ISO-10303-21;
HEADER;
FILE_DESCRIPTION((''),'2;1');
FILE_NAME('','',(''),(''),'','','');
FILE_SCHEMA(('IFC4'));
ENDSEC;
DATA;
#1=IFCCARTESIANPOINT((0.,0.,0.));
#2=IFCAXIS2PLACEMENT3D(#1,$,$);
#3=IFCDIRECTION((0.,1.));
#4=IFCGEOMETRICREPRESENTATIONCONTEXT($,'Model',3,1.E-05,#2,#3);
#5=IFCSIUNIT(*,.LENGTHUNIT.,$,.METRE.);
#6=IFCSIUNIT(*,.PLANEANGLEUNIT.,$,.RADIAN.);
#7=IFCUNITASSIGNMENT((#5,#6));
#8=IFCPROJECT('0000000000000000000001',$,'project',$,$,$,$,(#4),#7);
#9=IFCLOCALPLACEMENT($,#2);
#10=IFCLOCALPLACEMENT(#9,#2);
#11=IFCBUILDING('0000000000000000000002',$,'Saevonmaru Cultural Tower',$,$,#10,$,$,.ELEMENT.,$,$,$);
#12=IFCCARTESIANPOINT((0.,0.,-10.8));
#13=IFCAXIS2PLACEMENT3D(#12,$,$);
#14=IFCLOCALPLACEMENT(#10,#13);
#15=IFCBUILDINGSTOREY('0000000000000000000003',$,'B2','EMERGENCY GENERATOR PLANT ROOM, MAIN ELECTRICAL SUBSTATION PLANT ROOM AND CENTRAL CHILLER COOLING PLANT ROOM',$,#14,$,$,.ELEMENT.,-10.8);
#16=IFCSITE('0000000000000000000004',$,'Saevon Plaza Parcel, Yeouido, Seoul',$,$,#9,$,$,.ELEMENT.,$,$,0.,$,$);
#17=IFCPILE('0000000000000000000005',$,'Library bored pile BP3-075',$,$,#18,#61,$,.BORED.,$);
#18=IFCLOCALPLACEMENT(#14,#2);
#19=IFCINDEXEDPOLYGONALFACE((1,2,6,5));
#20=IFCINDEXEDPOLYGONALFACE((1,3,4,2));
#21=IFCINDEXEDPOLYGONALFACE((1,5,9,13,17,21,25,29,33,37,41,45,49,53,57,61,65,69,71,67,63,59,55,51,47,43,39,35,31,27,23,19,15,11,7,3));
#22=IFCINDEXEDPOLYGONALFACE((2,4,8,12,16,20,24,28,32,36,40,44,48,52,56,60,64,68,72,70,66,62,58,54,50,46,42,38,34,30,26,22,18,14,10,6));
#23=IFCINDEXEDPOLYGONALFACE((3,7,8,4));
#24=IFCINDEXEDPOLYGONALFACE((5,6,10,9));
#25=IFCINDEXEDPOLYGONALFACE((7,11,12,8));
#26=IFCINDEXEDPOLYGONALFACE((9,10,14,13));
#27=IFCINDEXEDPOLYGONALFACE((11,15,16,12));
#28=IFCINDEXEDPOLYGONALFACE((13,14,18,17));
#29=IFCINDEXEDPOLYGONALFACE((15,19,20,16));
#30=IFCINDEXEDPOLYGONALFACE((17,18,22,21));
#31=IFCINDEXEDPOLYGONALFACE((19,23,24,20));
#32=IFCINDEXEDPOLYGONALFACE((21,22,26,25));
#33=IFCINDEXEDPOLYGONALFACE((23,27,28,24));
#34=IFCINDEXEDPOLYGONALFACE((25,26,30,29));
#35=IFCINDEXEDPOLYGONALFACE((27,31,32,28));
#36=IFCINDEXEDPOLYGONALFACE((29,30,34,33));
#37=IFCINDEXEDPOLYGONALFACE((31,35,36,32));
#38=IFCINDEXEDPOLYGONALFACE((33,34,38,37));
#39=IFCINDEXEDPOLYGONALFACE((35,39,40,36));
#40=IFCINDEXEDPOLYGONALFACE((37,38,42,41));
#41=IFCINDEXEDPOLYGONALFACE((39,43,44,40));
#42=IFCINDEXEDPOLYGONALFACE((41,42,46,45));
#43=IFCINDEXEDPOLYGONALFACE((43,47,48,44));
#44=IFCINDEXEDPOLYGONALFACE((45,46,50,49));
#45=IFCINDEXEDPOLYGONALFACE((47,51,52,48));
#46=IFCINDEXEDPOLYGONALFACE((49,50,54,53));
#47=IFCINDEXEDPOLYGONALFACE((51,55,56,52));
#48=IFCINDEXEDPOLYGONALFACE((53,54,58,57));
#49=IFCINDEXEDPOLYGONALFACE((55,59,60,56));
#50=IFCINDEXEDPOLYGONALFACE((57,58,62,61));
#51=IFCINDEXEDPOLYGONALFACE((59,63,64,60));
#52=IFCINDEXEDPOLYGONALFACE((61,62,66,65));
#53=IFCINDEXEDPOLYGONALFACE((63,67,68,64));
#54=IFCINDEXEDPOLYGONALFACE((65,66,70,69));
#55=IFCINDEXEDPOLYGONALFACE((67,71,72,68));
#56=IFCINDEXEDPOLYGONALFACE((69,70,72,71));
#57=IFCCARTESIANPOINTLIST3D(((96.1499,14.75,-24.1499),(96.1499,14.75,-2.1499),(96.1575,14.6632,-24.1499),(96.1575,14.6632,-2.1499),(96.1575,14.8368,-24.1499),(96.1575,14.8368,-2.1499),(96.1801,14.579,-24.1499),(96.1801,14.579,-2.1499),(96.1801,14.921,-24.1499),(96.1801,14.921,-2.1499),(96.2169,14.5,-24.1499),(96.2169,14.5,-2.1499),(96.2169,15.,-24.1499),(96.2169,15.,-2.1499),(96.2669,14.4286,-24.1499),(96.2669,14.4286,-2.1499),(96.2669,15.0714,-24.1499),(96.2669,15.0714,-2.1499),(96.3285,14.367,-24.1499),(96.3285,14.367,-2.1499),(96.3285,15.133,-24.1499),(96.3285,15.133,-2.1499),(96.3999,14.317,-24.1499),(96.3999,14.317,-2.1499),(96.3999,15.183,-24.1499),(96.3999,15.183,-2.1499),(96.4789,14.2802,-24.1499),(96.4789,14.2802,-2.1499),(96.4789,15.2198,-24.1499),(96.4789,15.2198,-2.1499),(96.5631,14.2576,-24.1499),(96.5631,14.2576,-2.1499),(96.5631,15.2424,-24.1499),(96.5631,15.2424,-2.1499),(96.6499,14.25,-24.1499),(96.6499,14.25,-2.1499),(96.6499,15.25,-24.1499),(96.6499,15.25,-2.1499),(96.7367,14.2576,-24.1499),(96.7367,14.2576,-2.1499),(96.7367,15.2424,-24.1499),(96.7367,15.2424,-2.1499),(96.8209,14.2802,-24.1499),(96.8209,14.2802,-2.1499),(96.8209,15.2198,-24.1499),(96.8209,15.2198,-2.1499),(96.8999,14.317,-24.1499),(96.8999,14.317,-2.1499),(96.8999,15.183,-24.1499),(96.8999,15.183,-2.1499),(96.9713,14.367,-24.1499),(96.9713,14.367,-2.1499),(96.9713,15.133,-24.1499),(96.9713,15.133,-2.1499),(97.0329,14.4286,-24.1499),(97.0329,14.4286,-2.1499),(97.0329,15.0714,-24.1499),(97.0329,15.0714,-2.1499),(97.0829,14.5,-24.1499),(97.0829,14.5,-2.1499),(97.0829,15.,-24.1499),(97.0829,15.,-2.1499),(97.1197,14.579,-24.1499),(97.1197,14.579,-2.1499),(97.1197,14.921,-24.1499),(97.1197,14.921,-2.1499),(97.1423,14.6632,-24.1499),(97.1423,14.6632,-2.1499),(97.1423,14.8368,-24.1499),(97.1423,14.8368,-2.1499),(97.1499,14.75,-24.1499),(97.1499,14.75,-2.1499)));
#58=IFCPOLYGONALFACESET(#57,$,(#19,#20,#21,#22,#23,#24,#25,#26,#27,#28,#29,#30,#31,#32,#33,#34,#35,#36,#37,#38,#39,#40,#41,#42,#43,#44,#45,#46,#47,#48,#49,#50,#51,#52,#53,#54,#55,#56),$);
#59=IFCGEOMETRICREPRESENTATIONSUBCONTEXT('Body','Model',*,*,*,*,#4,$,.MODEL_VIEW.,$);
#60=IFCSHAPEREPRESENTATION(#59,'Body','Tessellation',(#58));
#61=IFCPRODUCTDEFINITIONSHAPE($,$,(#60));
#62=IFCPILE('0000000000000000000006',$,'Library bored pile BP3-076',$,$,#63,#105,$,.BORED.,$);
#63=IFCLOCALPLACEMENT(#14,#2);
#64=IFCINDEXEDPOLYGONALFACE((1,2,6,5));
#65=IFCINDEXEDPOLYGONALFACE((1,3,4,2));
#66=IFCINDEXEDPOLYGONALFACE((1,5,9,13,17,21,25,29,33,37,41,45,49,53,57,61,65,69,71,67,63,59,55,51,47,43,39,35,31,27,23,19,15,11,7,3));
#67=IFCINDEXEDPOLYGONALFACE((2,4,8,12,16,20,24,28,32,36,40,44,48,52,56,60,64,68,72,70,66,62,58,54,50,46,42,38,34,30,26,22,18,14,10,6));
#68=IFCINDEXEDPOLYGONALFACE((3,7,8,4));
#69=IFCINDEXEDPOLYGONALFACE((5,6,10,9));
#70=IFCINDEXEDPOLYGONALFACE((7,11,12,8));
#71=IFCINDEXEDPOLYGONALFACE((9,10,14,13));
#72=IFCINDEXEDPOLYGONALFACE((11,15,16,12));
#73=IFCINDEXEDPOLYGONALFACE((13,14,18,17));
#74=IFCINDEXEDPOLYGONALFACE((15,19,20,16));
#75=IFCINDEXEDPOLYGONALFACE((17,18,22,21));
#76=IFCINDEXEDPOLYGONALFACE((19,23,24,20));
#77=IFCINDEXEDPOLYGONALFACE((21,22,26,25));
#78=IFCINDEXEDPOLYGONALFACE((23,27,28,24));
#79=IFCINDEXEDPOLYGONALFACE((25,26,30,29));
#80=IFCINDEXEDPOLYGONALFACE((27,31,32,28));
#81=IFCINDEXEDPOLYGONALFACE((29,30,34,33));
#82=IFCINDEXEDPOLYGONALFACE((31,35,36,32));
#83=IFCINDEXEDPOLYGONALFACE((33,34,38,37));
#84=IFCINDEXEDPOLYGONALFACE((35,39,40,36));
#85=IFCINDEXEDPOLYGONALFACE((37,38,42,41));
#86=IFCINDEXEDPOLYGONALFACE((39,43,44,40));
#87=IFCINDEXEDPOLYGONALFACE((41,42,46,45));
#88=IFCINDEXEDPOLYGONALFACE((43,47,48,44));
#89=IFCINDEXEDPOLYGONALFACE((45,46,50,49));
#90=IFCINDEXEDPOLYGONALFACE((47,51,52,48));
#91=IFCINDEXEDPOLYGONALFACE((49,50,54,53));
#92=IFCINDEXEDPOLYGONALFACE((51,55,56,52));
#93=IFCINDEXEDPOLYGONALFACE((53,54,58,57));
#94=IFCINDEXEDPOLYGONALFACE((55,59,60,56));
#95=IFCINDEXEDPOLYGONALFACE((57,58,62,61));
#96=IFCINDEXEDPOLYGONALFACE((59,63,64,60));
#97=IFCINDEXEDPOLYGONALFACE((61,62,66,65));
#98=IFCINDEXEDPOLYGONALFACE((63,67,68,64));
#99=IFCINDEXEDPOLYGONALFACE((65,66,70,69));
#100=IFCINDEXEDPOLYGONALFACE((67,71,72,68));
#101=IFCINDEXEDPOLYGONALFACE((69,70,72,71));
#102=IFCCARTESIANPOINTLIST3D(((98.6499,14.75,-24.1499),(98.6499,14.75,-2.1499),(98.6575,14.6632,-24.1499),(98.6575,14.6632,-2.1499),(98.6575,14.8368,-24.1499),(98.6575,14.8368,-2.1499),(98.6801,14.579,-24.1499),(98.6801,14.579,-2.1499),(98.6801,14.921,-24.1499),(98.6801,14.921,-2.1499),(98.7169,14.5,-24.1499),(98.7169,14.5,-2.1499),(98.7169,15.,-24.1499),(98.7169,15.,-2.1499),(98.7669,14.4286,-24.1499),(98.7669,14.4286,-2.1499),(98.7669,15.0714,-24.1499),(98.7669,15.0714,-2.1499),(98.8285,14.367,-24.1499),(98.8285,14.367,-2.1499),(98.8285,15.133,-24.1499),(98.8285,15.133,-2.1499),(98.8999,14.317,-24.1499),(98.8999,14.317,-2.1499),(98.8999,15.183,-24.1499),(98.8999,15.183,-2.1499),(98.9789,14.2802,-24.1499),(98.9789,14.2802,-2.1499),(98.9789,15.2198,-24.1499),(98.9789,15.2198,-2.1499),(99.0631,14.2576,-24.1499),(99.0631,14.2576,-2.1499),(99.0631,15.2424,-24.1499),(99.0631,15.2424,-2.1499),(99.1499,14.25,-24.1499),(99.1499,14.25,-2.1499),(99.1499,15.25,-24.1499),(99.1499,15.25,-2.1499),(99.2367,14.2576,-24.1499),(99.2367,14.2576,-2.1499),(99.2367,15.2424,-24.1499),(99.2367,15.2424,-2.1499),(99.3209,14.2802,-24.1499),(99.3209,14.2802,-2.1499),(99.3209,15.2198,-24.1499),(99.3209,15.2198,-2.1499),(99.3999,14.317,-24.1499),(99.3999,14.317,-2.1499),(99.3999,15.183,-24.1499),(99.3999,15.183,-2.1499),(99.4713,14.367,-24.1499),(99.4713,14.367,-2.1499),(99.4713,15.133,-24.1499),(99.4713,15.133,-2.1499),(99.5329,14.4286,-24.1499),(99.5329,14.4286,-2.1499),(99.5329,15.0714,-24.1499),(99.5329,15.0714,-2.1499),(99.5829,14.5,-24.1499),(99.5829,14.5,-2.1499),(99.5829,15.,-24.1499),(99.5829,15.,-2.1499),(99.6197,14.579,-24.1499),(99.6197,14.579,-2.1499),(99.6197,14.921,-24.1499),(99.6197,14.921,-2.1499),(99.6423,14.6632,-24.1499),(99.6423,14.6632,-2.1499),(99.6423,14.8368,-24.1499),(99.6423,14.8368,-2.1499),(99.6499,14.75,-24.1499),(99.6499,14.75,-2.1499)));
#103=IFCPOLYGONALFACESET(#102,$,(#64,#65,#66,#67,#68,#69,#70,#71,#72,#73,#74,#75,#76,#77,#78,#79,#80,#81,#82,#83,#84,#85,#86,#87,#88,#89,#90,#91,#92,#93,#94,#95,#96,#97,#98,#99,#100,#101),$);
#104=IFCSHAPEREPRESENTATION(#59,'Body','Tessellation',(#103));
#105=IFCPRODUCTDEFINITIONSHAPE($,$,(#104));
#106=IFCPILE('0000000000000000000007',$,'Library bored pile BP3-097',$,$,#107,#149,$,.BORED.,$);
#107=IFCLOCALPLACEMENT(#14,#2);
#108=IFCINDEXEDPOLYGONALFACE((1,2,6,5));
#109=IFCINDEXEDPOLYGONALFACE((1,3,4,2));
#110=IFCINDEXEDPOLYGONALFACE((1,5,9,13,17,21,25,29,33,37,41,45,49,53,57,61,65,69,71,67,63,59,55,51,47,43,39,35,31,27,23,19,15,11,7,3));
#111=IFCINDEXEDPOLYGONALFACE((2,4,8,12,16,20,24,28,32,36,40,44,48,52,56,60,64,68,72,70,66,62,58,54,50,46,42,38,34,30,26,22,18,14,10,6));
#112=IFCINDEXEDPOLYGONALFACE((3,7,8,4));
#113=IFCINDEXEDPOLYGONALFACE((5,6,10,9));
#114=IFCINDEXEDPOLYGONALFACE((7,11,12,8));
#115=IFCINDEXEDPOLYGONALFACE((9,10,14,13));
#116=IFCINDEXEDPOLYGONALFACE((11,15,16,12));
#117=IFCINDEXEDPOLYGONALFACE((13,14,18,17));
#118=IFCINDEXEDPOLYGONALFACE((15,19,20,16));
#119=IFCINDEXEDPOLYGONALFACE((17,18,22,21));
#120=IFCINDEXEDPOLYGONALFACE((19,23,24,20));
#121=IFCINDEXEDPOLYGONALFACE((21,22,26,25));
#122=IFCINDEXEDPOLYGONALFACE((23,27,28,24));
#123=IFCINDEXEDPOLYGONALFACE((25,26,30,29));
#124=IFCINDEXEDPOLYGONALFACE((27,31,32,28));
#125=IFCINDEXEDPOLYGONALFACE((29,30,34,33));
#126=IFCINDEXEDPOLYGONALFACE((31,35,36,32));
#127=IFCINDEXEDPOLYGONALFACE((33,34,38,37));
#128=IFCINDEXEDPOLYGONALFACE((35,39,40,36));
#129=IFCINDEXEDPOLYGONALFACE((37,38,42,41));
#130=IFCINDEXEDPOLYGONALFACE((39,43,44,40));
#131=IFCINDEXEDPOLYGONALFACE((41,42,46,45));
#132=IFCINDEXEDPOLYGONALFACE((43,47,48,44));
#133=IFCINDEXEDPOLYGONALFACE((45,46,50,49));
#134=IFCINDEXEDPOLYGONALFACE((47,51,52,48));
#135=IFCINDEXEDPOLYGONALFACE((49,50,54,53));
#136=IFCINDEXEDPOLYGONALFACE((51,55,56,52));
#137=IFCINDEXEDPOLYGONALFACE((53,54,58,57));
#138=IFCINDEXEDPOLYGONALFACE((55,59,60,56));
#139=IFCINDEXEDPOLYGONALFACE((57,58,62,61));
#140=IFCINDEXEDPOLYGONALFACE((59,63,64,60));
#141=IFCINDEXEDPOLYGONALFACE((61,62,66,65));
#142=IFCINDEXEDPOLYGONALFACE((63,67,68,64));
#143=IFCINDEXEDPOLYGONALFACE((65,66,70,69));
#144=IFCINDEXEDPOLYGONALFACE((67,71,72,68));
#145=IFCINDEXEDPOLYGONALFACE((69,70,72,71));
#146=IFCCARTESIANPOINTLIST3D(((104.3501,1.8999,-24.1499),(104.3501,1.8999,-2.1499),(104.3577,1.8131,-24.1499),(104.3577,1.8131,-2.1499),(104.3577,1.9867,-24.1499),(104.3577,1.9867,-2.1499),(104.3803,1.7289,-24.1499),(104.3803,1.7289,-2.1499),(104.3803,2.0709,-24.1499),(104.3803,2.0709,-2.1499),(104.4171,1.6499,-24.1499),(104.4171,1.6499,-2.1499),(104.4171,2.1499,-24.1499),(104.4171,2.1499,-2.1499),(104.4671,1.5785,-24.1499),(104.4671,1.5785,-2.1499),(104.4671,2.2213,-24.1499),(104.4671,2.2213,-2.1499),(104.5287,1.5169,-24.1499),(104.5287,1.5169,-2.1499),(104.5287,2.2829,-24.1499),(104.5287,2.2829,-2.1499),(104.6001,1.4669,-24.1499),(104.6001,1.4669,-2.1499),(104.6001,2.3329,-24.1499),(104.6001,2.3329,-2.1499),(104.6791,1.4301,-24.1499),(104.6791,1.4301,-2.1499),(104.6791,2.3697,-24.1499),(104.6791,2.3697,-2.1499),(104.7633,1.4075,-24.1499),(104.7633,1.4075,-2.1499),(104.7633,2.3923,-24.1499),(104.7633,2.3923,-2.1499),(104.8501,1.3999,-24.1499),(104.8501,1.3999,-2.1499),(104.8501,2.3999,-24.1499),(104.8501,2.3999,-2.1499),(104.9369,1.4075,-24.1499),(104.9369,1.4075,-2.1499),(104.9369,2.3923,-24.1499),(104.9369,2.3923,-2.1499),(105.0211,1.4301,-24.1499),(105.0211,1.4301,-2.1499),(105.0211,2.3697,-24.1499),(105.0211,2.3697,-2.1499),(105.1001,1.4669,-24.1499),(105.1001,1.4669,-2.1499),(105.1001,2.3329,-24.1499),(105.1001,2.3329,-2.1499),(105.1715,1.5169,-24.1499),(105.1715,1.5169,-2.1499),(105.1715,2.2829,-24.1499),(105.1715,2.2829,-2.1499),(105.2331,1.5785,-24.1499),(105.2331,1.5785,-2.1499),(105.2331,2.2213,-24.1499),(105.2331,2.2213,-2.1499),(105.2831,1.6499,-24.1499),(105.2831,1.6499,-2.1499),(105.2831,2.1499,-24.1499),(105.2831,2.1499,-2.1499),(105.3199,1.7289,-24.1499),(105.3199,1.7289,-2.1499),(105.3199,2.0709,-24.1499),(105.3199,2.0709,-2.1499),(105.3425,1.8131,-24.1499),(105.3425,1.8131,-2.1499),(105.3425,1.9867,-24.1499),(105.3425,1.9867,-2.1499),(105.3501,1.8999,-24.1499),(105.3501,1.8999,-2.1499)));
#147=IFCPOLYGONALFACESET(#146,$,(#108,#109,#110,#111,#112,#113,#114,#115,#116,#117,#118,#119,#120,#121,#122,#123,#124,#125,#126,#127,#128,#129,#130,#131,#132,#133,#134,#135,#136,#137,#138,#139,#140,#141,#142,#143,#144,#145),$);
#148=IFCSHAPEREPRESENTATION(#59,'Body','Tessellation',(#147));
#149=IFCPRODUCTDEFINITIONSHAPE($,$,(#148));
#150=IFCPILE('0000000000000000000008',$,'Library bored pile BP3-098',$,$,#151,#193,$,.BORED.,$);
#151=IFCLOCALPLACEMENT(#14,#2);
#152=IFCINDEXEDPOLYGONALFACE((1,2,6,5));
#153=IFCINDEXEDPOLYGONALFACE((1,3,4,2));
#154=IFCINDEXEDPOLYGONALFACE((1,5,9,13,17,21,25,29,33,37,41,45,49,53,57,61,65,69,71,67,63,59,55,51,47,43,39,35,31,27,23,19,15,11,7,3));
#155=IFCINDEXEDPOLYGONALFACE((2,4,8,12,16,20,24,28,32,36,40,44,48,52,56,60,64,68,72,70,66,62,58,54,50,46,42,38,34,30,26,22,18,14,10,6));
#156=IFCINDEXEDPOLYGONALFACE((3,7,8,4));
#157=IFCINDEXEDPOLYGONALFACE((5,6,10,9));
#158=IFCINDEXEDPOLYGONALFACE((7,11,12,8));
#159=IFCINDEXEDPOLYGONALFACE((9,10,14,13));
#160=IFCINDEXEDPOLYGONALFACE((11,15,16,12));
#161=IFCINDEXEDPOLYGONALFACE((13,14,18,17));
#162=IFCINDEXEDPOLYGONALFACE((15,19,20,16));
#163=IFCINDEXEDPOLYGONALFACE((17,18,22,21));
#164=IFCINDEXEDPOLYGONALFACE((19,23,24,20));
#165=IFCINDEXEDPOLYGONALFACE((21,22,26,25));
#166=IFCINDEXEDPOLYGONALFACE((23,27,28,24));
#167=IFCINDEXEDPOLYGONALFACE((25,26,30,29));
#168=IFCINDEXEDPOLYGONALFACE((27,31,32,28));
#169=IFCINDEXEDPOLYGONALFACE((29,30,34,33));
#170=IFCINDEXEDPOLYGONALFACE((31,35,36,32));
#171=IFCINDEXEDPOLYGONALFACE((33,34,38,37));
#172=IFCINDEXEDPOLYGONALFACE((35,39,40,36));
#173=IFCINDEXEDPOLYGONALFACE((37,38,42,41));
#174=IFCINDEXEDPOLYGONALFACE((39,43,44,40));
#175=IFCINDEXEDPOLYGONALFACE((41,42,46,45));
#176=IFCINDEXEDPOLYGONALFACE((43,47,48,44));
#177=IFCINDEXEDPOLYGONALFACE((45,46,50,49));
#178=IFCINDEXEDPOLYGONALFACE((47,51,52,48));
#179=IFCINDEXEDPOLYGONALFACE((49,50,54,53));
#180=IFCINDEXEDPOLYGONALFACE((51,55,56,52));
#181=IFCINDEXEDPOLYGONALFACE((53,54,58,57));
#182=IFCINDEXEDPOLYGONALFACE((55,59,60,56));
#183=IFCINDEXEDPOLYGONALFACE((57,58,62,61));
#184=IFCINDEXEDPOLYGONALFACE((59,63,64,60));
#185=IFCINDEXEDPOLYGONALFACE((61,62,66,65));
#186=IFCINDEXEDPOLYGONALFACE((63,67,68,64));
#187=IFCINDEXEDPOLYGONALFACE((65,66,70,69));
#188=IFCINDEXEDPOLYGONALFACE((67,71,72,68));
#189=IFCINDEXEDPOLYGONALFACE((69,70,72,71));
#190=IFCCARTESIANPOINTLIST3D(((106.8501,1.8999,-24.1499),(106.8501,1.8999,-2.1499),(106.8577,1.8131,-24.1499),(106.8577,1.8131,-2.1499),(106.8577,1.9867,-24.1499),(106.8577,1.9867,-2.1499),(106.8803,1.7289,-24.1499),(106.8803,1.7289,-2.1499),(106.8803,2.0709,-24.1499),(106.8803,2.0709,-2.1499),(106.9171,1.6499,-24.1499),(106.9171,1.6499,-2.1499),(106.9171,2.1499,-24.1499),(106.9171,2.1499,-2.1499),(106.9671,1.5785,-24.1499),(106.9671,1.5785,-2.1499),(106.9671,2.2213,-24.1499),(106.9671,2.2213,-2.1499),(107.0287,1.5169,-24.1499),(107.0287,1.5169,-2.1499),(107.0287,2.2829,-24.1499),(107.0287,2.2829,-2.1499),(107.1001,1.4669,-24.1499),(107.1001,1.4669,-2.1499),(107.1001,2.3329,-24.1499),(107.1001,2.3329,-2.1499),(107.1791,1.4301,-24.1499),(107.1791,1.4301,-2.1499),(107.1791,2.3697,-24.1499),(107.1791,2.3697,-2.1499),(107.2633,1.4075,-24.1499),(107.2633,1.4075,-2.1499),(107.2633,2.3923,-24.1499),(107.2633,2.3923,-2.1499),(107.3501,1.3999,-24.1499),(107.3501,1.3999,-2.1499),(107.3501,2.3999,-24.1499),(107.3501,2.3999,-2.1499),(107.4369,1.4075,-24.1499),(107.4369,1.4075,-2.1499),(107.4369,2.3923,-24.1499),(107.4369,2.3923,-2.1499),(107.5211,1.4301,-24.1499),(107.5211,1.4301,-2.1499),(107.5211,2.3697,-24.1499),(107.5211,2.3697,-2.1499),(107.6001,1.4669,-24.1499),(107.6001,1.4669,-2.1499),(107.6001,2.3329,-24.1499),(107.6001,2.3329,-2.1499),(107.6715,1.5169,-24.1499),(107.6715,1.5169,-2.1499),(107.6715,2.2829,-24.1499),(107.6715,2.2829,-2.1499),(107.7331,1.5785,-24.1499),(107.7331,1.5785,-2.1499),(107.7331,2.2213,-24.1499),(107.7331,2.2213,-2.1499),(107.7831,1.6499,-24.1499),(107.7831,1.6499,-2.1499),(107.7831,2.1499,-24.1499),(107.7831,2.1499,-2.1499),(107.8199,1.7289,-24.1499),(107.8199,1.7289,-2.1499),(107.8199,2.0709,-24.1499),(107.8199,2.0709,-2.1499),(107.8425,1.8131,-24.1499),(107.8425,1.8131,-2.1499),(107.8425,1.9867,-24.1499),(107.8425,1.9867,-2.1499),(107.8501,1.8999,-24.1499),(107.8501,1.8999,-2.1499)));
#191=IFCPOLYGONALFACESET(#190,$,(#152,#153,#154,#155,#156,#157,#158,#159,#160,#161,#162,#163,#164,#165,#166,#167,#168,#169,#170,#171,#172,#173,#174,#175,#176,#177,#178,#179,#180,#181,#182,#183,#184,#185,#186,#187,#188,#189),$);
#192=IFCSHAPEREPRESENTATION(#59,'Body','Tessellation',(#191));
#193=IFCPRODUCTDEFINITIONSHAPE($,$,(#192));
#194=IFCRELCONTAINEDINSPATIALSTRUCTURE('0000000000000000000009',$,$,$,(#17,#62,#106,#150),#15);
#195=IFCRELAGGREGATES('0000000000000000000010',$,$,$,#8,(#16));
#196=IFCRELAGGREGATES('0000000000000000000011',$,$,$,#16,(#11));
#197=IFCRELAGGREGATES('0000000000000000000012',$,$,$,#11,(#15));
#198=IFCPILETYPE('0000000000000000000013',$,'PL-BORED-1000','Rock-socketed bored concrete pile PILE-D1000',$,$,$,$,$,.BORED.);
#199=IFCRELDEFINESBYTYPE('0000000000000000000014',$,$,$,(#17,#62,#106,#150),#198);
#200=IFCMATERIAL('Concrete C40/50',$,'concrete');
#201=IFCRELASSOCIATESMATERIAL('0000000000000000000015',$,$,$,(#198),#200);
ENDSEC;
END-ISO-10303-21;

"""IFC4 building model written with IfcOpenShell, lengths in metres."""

from ifc_helpers import new_model, si_unit, direction, frame, origin, origin_2d, place, context, subcontext, project, spatial, circle, extrude, material, material_profile, profile_set, type_object, element, save


model = new_model("IFC4")

# Units and contexts
model_context = context("Model", 3, precision=1e-05, world=origin(), true_north=direction((0.0, 1.0)))
body_context = subcontext(model_context, "Body", "Model", "MODEL_VIEW")
ifc_project = project(units=[si_unit("LENGTHUNIT", "METRE"), si_unit("PLANEANGLEUNIT", "RADIAN")], contexts=[model_context])

# Site, building, storey
site_placement = place(None, origin())
site = spatial("IfcSite", under=ifc_project, at=site_placement, Name="Saevon Plaza Parcel, Yeouido, Seoul", CompositionType="ELEMENT", RefElevation=0.0)
building_placement = place(site_placement, origin())
building = spatial("IfcBuilding", under=site, at=building_placement, Name="Saevonmaru Cultural Tower", CompositionType="ELEMENT")
storey_placement = place(building_placement, frame((0.0, 0.0, -10.8)))
storey = spatial("IfcBuildingStorey", under=building, at=storey_placement, Name="B2", Description="EMERGENCY GENERATOR PLANT ROOM, MAIN ELECTRICAL SUBSTATION PLANT ROOM AND CENTRAL CHILLER COOLING PLANT ROOM", CompositionType="ELEMENT", Elevation=-10.8)

# Piles
ifc_material_1 = material(Name="Concrete C40/50", Category="concrete")
ifc_material_profile_1 = material_profile(ifc_material_1, circle(Radius=0.5, at=origin_2d()), Name="PILE-D1000")
ifc_profile_set_1 = profile_set([ifc_material_profile_1], Name="Concrete C40/50")
pile_type = type_object("IfcPileType", Name="PL-BORED-1000", Description="Rock-socketed bored concrete pile PILE-D1000", PredefinedType="BORED", material=ifc_profile_set_1)
for number, where, z_axis, x_axis, name in (
    (1, (96.6499, 14.75, -2.1499), (0.0, 0.0, -1.0), (1.0, 0.0, 0.0), "Library bored pile BP3-075"),
    (2, (99.1499, 14.75, -2.1499), (0.0, 0.0, -1.0), (1.0, 0.0, 0.0), "Library bored pile BP3-076"),
    (3, (104.8501, 1.8999, -2.1499), (0.0, 0.0, -1.0), (1.0, 0.0, 0.0), "Library bored pile BP3-097"),
    (4, (107.3501, 1.8999, -2.1499), (0.0, 0.0, -1.0), (1.0, 0.0, 0.0), "Library bored pile BP3-098"),
):
    element("IfcPile", number, at=place(storey_placement, frame(where, z_axis=z_axis, x_axis=x_axis)), inside=storey, type_object=pile_type, Name=name, PredefinedType="BORED", context=body_context, shape_type="SweptSolid", body=[
        extrude(circle(Radius=0.5, at=origin_2d()), origin(), (0.0, 0.0, 1.0), 22.0),
    ])

save(model, "model.ifc")
